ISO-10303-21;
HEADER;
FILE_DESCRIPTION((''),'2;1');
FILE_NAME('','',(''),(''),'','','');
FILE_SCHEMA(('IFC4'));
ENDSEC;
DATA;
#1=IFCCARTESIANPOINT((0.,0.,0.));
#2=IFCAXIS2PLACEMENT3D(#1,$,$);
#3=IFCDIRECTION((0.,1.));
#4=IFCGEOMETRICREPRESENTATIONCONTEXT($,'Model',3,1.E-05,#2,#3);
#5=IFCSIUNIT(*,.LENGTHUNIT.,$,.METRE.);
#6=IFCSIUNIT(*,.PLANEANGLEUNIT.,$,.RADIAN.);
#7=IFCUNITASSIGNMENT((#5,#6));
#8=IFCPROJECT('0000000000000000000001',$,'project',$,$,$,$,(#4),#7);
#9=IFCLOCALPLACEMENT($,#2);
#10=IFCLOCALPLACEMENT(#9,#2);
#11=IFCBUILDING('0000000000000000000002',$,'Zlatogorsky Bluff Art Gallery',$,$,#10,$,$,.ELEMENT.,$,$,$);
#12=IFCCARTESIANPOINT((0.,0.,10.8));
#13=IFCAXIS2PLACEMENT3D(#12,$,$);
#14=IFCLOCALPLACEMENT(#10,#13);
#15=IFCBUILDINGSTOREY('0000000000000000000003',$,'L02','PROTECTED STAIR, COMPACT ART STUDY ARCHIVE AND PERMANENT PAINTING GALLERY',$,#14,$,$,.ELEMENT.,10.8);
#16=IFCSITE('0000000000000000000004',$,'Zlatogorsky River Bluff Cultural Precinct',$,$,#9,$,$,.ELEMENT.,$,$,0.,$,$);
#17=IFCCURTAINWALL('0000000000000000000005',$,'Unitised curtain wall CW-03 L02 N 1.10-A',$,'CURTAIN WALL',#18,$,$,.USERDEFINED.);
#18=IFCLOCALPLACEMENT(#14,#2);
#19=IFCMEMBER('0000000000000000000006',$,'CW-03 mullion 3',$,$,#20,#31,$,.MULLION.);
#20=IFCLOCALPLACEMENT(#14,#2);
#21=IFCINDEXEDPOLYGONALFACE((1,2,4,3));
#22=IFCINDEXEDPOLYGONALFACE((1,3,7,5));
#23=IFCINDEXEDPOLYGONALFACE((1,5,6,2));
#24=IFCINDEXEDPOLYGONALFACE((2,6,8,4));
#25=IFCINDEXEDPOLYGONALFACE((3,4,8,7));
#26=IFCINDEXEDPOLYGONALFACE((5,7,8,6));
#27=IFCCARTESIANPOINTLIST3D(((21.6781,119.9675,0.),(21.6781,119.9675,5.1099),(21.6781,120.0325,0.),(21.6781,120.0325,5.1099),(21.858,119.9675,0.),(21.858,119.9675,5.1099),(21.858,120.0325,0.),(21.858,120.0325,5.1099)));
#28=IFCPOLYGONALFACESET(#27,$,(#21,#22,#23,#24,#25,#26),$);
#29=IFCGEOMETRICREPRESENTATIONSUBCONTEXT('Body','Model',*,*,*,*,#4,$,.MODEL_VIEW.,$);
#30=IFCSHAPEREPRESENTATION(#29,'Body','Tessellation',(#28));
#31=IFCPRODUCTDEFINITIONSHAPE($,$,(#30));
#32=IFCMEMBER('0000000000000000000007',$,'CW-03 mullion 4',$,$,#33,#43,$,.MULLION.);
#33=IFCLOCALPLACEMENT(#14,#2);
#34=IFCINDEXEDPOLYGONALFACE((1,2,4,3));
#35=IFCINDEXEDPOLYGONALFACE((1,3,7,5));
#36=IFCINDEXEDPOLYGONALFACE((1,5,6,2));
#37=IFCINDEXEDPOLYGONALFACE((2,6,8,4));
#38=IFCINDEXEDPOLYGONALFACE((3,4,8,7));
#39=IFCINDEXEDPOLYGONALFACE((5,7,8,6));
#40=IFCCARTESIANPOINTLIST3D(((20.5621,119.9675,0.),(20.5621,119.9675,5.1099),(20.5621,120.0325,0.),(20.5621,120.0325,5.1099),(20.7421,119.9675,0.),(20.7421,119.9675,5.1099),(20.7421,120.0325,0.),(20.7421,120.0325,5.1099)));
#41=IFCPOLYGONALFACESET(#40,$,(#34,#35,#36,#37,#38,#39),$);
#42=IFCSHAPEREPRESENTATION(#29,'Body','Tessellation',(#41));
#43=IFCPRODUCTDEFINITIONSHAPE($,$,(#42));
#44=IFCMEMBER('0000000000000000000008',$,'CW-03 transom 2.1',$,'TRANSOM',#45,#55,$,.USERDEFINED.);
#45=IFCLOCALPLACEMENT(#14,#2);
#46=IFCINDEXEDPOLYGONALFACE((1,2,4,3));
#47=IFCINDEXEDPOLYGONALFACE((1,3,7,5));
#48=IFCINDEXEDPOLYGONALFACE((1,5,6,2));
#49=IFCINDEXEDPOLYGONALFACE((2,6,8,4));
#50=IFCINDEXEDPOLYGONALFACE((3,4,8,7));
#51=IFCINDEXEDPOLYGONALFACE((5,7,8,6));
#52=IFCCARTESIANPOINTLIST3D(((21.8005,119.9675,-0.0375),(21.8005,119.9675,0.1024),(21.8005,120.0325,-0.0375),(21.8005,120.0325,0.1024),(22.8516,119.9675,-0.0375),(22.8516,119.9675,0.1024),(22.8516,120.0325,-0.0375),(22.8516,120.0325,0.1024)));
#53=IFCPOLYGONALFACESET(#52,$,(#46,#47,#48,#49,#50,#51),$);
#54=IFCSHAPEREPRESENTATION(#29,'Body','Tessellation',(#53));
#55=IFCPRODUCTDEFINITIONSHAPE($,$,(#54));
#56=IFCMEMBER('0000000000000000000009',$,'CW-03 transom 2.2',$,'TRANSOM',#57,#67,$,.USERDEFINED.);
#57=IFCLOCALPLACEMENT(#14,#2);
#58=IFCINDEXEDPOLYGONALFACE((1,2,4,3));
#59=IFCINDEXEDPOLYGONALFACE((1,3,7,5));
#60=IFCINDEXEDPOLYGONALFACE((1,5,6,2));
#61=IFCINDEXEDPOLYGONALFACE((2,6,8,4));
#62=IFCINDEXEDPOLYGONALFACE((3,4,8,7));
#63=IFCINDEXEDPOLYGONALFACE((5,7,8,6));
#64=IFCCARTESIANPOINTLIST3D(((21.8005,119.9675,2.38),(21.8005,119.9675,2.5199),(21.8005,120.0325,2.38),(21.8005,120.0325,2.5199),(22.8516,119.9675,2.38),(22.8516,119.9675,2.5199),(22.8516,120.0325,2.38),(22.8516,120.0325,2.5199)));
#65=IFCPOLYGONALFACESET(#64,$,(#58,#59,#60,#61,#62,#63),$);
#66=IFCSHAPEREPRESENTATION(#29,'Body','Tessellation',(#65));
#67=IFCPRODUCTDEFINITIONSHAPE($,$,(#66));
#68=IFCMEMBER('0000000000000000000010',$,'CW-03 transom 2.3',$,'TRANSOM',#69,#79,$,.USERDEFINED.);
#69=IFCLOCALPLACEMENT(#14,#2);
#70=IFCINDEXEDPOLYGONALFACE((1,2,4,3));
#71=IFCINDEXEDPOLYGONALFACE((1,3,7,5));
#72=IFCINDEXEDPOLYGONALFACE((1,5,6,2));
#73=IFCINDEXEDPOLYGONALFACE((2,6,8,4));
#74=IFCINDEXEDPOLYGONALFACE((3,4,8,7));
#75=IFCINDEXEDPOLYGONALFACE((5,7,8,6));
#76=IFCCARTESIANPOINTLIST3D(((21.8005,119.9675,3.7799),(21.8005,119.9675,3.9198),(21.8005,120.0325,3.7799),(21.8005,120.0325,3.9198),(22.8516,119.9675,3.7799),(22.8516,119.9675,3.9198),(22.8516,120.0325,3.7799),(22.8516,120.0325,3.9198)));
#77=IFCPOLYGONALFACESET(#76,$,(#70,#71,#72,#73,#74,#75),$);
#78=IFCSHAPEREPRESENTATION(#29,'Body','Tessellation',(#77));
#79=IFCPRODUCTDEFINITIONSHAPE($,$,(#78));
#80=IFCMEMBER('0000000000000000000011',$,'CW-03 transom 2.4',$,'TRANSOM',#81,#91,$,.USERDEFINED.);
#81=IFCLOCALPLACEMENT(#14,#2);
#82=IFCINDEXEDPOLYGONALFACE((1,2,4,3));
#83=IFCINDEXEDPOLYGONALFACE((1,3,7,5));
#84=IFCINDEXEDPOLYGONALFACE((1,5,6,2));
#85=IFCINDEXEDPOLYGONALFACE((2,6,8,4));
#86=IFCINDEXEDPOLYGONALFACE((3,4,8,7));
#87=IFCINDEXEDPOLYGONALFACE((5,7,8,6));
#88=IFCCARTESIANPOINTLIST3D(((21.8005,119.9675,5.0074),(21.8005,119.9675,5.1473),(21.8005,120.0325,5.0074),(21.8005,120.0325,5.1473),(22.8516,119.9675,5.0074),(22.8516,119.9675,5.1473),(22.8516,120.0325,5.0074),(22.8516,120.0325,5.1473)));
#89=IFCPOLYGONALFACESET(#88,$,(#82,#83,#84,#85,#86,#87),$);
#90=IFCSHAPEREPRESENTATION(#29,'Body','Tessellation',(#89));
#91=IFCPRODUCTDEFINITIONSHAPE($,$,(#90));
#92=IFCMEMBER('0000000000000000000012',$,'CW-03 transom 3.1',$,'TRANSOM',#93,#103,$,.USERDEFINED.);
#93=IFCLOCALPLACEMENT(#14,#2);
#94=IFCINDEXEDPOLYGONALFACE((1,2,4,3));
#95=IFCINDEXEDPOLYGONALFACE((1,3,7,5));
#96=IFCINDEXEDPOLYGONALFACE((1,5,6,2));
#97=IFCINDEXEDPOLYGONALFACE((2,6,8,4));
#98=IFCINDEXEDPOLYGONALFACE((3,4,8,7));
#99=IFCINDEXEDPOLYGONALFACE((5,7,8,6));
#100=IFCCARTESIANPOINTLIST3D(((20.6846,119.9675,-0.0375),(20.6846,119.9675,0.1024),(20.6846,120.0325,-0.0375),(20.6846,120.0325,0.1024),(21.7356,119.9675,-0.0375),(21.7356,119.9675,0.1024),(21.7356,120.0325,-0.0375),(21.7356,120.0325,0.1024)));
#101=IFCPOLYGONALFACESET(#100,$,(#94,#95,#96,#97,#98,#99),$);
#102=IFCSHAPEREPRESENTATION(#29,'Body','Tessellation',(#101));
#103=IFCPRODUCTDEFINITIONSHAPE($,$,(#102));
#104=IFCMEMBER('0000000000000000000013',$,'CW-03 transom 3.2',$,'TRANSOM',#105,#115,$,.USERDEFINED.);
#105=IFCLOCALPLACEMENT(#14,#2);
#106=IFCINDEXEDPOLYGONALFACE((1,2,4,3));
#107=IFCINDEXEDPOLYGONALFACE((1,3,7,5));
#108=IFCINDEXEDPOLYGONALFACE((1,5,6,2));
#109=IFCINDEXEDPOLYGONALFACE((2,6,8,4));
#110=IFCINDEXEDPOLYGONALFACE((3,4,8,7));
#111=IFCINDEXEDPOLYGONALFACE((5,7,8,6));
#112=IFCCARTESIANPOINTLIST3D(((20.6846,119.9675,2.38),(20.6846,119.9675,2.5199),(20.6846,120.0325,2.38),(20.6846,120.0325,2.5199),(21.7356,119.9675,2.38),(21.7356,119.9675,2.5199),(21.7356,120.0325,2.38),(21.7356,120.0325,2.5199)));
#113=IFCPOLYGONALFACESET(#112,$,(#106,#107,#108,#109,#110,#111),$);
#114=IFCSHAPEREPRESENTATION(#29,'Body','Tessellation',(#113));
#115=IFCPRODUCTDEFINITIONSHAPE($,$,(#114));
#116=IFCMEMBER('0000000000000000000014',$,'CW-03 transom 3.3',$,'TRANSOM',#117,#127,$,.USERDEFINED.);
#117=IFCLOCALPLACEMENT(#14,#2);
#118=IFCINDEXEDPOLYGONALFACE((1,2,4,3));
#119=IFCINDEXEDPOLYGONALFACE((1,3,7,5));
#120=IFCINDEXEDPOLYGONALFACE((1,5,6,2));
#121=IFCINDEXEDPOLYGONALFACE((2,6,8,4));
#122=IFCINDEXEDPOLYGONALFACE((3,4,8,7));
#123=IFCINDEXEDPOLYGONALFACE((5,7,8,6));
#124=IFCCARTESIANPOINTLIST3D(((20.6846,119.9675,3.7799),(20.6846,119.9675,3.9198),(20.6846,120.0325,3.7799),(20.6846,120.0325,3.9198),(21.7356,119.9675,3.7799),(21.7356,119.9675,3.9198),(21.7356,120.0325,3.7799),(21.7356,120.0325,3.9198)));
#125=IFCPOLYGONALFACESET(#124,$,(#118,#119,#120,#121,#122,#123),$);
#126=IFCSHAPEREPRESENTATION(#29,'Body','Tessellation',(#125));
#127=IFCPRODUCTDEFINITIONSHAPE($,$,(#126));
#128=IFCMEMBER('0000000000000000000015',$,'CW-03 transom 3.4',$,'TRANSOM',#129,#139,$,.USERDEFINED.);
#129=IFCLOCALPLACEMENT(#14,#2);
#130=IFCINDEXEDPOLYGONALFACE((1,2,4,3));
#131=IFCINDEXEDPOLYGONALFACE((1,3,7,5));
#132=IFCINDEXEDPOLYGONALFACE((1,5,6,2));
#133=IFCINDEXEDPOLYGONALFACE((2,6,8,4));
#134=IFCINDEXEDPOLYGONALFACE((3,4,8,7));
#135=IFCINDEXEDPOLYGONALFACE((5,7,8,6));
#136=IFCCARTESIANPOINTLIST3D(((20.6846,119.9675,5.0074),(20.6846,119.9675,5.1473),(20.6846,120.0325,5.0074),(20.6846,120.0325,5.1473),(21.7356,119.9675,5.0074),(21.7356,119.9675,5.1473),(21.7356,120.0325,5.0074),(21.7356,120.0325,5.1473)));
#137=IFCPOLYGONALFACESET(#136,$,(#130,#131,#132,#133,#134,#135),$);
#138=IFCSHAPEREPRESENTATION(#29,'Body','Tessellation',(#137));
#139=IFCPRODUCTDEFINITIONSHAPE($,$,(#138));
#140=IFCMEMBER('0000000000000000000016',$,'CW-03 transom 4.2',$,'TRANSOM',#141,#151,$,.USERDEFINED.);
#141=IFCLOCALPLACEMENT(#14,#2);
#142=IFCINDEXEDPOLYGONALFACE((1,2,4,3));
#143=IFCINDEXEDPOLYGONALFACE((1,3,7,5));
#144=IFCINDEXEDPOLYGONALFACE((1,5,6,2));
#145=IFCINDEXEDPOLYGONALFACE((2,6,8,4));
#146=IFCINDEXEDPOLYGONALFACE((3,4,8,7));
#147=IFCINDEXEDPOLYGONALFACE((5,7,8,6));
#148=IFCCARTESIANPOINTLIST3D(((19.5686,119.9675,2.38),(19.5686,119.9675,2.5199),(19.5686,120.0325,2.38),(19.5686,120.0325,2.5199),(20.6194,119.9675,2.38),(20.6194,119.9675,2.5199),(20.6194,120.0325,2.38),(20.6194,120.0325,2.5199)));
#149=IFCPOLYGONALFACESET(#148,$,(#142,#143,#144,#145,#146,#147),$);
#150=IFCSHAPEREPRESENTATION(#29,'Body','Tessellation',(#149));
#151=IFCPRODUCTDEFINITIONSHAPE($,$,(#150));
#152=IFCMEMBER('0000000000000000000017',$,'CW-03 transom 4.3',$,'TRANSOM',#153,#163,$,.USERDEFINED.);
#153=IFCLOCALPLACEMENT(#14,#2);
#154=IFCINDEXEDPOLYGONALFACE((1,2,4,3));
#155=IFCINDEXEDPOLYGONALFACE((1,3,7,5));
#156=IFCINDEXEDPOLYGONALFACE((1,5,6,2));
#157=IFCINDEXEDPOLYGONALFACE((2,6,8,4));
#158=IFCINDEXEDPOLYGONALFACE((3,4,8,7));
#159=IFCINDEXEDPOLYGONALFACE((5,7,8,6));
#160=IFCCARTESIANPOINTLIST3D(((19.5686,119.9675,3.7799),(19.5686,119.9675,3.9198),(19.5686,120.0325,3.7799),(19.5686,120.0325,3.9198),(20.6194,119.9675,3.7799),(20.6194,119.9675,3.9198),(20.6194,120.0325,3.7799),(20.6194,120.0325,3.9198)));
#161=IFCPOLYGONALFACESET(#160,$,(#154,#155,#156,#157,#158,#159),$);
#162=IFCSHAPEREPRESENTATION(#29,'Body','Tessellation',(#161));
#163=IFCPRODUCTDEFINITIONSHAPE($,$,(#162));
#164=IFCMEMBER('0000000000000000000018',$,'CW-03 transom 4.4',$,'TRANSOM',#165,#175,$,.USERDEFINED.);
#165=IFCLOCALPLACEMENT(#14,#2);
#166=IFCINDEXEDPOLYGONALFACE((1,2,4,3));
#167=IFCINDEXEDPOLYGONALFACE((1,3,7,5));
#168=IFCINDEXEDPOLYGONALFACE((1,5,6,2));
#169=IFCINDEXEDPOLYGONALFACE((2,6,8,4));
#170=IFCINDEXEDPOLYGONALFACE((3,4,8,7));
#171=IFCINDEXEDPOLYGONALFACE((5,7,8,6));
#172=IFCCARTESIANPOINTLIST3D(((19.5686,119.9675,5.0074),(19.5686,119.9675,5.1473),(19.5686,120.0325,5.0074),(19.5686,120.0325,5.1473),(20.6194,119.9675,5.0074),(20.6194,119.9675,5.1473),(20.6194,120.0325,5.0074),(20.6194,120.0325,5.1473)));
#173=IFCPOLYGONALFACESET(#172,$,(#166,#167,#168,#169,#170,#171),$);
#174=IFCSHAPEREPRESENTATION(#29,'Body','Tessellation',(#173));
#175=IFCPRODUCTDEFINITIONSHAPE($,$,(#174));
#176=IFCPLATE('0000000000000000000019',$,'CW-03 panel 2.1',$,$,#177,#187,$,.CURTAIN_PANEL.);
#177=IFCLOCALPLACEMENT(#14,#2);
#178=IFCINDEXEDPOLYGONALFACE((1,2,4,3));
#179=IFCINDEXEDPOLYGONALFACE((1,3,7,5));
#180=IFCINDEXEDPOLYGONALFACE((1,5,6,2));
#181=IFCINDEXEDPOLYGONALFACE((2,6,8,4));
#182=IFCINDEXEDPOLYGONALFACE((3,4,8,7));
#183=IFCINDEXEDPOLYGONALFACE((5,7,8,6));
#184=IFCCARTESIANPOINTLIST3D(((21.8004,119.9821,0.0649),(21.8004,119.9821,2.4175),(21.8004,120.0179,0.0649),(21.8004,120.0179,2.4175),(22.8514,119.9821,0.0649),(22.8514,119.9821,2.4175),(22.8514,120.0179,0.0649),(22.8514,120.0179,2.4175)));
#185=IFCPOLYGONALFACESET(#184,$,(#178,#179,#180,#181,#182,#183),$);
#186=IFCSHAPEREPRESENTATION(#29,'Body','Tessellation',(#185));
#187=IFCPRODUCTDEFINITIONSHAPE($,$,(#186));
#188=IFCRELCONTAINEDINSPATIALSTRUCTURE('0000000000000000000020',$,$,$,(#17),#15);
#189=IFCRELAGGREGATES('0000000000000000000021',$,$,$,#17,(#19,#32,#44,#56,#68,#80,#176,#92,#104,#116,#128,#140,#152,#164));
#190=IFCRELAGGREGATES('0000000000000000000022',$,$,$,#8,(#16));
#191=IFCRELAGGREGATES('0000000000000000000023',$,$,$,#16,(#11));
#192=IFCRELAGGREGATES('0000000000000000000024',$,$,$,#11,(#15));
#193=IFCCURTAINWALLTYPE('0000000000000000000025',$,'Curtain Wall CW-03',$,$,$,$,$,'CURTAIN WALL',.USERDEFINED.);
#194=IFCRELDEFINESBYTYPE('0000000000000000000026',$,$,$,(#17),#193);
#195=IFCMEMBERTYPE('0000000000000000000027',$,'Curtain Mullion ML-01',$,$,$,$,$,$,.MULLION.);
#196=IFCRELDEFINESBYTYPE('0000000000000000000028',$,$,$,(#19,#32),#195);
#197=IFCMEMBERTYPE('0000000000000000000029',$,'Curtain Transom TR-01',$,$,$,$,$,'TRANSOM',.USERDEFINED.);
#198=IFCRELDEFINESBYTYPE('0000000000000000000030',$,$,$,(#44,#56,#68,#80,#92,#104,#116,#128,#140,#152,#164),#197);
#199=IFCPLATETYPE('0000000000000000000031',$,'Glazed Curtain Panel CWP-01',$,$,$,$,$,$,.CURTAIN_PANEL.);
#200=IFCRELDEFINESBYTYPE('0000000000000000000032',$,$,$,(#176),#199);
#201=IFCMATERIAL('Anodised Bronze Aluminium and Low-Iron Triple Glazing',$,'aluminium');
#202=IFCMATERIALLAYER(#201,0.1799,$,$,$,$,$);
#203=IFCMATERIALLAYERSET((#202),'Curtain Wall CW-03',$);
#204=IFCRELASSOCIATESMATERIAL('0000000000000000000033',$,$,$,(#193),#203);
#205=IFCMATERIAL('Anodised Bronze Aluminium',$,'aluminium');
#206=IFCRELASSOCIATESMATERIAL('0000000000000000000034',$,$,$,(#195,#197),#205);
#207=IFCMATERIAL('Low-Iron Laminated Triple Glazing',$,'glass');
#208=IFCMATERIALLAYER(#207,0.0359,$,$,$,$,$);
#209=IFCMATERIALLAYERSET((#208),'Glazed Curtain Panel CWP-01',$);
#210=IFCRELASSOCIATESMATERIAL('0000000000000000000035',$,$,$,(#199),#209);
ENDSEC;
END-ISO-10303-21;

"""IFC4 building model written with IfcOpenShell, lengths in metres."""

from ifc_helpers import new_model, si_unit, direction, frame, origin, origin_2d, place, context, subcontext, project, spatial, rectangle, extrude, material, layer, layer_set, material_profile, profile_set, type_object, element, aggregate, save


model = new_model("IFC4")

# Units and contexts
model_context = context("Model", 3, precision=1e-05, world=origin(), true_north=direction((0.0, 1.0)))
body_context = subcontext(model_context, "Body", "Model", "MODEL_VIEW")
ifc_project = project(units=[si_unit("LENGTHUNIT", "METRE"), si_unit("PLANEANGLEUNIT", "RADIAN")], contexts=[model_context])

# Site, building, storey
site_placement = place(None, origin())
site = spatial("IfcSite", under=ifc_project, at=site_placement, Name="Zlatogorsky River Bluff Cultural Precinct", CompositionType="ELEMENT", RefElevation=0.0)
building_placement = place(site_placement, origin())
building = spatial("IfcBuilding", under=site, at=building_placement, Name="Zlatogorsky Bluff Art Gallery", CompositionType="ELEMENT")
storey_placement = place(building_placement, frame((0.0, 0.0, 10.8)))
storey = spatial("IfcBuildingStorey", under=building, at=storey_placement, Name="L02", Description="PROTECTED STAIR, COMPACT ART STUDY ARCHIVE AND PERMANENT PAINTING GALLERY", CompositionType="ELEMENT", Elevation=10.8)

# Curtain wall, members, plate
ifc_material_1 = material(Name="Anodised Bronze Aluminium and Low-Iron Triple Glazing", Category="aluminium")
ifc_layer_1 = layer(ifc_material_1, 0.1799)
ifc_layer_set_1 = layer_set([ifc_layer_1], Name="Curtain Wall CW-03")
curtain_wall_type = type_object("IfcCurtainWallType", Name="Curtain Wall CW-03", ElementType="CURTAIN WALL", PredefinedType="USERDEFINED", material=ifc_layer_set_1)
curtain_wall_placement = place(storey_placement, origin())
curtain_wall = element("IfcCurtainWall", 1, at=curtain_wall_placement, inside=storey, type_object=curtain_wall_type, Name="Unitised curtain wall CW-03 L02 N 1.10-A", ObjectType="CURTAIN WALL", PredefinedType="USERDEFINED")
ifc_material_2 = material(Name="Anodised Bronze Aluminium", Category="aluminium")
ifc_material_profile_1 = material_profile(ifc_material_2, rectangle(XDim=0.0649, YDim=0.1799, at=origin_2d()), Name="ALU MULLION 65x180")
ifc_profile_set_1 = profile_set([ifc_material_profile_1], Name="Anodised Bronze Aluminium")
member_type_1 = type_object("IfcMemberType", Name="Curtain Mullion ML-01", PredefinedType="MULLION", material=ifc_profile_set_1)
member_1_placement = place(storey_placement, frame((21.7681, 120.0, 0.0), z_axis=(0.0, 0.0, 1.0), x_axis=(0.0, -1.0, 0.0)))
member_1 = element("IfcMember", 2, at=member_1_placement, type_object=member_type_1, Name="CW-03 mullion 3", PredefinedType="MULLION", context=body_context, shape_type="SweptSolid", body=[
    extrude(rectangle(XDim=0.0649, YDim=0.1799, at=origin_2d()), origin(), (0.0, 0.0, 1.0), 5.1099),
])
member_2_placement = place(storey_placement, frame((20.6521, 120.0, 0.0), z_axis=(0.0, 0.0, 1.0), x_axis=(0.0, -1.0, 0.0)))
member_2 = element("IfcMember", 3, at=member_2_placement, type_object=member_type_1, Name="CW-03 mullion 4", PredefinedType="MULLION", context=body_context, shape_type="SweptSolid", body=[
    extrude(rectangle(XDim=0.0649, YDim=0.1799, at=origin_2d()), origin(), (0.0, 0.0, 1.0), 5.1099),
])
ifc_material_profile_2 = material_profile(ifc_material_2, rectangle(XDim=0.0649, YDim=0.1399, at=origin_2d()), Name="ALU TRANSOM 65x140")
ifc_profile_set_2 = profile_set([ifc_material_profile_2], Name="Anodised Bronze Aluminium")
member_type_2 = type_object("IfcMemberType", Name="Curtain Transom TR-01", ElementType="TRANSOM", PredefinedType="USERDEFINED", material=ifc_profile_set_2)
member_3_placement = place(storey_placement, frame((22.8516, 120.0, 0.0325), z_axis=(-1.0, 0.0, 0.0), x_axis=(0.0, -1.0, 0.0)))
member_3 = element("IfcMember", 4, at=member_3_placement, type_object=member_type_2, Name="CW-03 transom 2.1", ObjectType="TRANSOM", PredefinedType="USERDEFINED", context=body_context, shape_type="SweptSolid", body=[
    extrude(rectangle(XDim=0.0649, YDim=0.1399, at=origin_2d()), origin(), (0.0, 0.0, 1.0), 1.051),
])
member_4_placement = place(storey_placement, frame((22.8516, 120.0, 2.45), z_axis=(-1.0, 0.0, 0.0), x_axis=(0.0, -1.0, 0.0)))
member_4 = element("IfcMember", 5, at=member_4_placement, type_object=member_type_2, Name="CW-03 transom 2.2", ObjectType="TRANSOM", PredefinedType="USERDEFINED", context=body_context, shape_type="SweptSolid", body=[
    extrude(rectangle(XDim=0.0649, YDim=0.1399, at=origin_2d()), origin(), (0.0, 0.0, 1.0), 1.051),
])
member_5_placement = place(storey_placement, frame((22.8516, 120.0, 3.8499), z_axis=(-1.0, 0.0, 0.0), x_axis=(0.0, -1.0, 0.0)))
member_5 = element("IfcMember", 6, at=member_5_placement, type_object=member_type_2, Name="CW-03 transom 2.3", ObjectType="TRANSOM", PredefinedType="USERDEFINED", context=body_context, shape_type="SweptSolid", body=[
    extrude(rectangle(XDim=0.0649, YDim=0.1399, at=origin_2d()), origin(), (0.0, 0.0, 1.0), 1.051),
])
member_6_placement = place(storey_placement, frame((22.8516, 120.0, 5.0774), z_axis=(-1.0, 0.0, 0.0), x_axis=(0.0, -1.0, 0.0)))
member_6 = element("IfcMember", 7, at=member_6_placement, type_object=member_type_2, Name="CW-03 transom 2.4", ObjectType="TRANSOM", PredefinedType="USERDEFINED", context=body_context, shape_type="SweptSolid", body=[
    extrude(rectangle(XDim=0.0649, YDim=0.1399, at=origin_2d()), origin(), (0.0, 0.0, 1.0), 1.051),
])
member_7_placement = place(storey_placement, frame((21.7356, 120.0, 0.0325), z_axis=(-1.0, 0.0, 0.0), x_axis=(0.0, -1.0, 0.0)))
member_7 = element("IfcMember", 8, at=member_7_placement, type_object=member_type_2, Name="CW-03 transom 3.1", ObjectType="TRANSOM", PredefinedType="USERDEFINED", context=body_context, shape_type="SweptSolid", body=[
    extrude(rectangle(XDim=0.0649, YDim=0.1399, at=origin_2d()), origin(), (0.0, 0.0, 1.0), 1.051),
])
member_8_placement = place(storey_placement, frame((21.7356, 120.0, 2.45), z_axis=(-1.0, 0.0, 0.0), x_axis=(0.0, -1.0, 0.0)))
member_8 = element("IfcMember", 9, at=member_8_placement, type_object=member_type_2, Name="CW-03 transom 3.2", ObjectType="TRANSOM", PredefinedType="USERDEFINED", context=body_context, shape_type="SweptSolid", body=[
    extrude(rectangle(XDim=0.0649, YDim=0.1399, at=origin_2d()), origin(), (0.0, 0.0, 1.0), 1.051),
])
member_9_placement = place(storey_placement, frame((21.7356, 120.0, 3.8499), z_axis=(-1.0, 0.0, 0.0), x_axis=(0.0, -1.0, 0.0)))
member_9 = element("IfcMember", 10, at=member_9_placement, type_object=member_type_2, Name="CW-03 transom 3.3", ObjectType="TRANSOM", PredefinedType="USERDEFINED", context=body_context, shape_type="SweptSolid", body=[
    extrude(rectangle(XDim=0.0649, YDim=0.1399, at=origin_2d()), origin(), (0.0, 0.0, 1.0), 1.051),
])
member_10_placement = place(storey_placement, frame((21.7356, 120.0, 5.0774), z_axis=(-1.0, 0.0, 0.0), x_axis=(0.0, -1.0, 0.0)))
member_10 = element("IfcMember", 11, at=member_10_placement, type_object=member_type_2, Name="CW-03 transom 3.4", ObjectType="TRANSOM", PredefinedType="USERDEFINED", context=body_context, shape_type="SweptSolid", body=[
    extrude(rectangle(XDim=0.0649, YDim=0.1399, at=origin_2d()), origin(), (0.0, 0.0, 1.0), 1.051),
])
member_11_placement = place(storey_placement, frame((20.6194, 120.0, 2.45), z_axis=(-1.0, 0.0, 0.0), x_axis=(0.0, -1.0, 0.0)))
member_11 = element("IfcMember", 12, at=member_11_placement, type_object=member_type_2, Name="CW-03 transom 4.2", ObjectType="TRANSOM", PredefinedType="USERDEFINED", context=body_context, shape_type="SweptSolid", body=[
    extrude(rectangle(XDim=0.0649, YDim=0.1399, at=origin_2d()), origin(), (0.0, 0.0, 1.0), 1.0508),
])
member_12_placement = place(storey_placement, frame((20.6194, 120.0, 3.8499), z_axis=(-1.0, 0.0, 0.0), x_axis=(0.0, -1.0, 0.0)))
member_12 = element("IfcMember", 13, at=member_12_placement, type_object=member_type_2, Name="CW-03 transom 4.3", ObjectType="TRANSOM", PredefinedType="USERDEFINED", context=body_context, shape_type="SweptSolid", body=[
    extrude(rectangle(XDim=0.0649, YDim=0.1399, at=origin_2d()), origin(), (0.0, 0.0, 1.0), 1.0508),
])
member_13_placement = place(storey_placement, frame((20.6194, 120.0, 5.0774), z_axis=(-1.0, 0.0, 0.0), x_axis=(0.0, -1.0, 0.0)))
member_13 = element("IfcMember", 14, at=member_13_placement, type_object=member_type_2, Name="CW-03 transom 4.4", ObjectType="TRANSOM", PredefinedType="USERDEFINED", context=body_context, shape_type="SweptSolid", body=[
    extrude(rectangle(XDim=0.0649, YDim=0.1399, at=origin_2d()), origin(), (0.0, 0.0, 1.0), 1.0508),
])
ifc_material_3 = material(Name="Low-Iron Laminated Triple Glazing", Category="glass")
ifc_layer_2 = layer(ifc_material_3, 0.0359)
ifc_layer_set_2 = layer_set([ifc_layer_2], Name="Glazed Curtain Panel CWP-01")
plate_type = type_object("IfcPlateType", Name="Glazed Curtain Panel CWP-01", PredefinedType="CURTAIN_PANEL", material=ifc_layer_set_2)
plate_1_placement = place(storey_placement, frame((22.3259, 120.0, 0.0649), z_axis=(0.0, 0.0, 1.0), x_axis=(-1.0, 0.0, 0.0)))
plate_1 = element("IfcPlate", 15, at=plate_1_placement, type_object=plate_type, Name="CW-03 panel 2.1", PredefinedType="CURTAIN_PANEL", context=body_context, shape_type="SweptSolid", body=[
    extrude(rectangle(XDim=1.051, YDim=0.0359, at=origin_2d()), origin(), (0.0, 0.0, 1.0), 2.3525),
])
aggregate(curtain_wall, [member_1, member_2, member_3, member_4, member_5, member_6, plate_1, member_7, member_8, member_9, member_10, member_11, member_12, member_13])

save(model, "model.ifc")
